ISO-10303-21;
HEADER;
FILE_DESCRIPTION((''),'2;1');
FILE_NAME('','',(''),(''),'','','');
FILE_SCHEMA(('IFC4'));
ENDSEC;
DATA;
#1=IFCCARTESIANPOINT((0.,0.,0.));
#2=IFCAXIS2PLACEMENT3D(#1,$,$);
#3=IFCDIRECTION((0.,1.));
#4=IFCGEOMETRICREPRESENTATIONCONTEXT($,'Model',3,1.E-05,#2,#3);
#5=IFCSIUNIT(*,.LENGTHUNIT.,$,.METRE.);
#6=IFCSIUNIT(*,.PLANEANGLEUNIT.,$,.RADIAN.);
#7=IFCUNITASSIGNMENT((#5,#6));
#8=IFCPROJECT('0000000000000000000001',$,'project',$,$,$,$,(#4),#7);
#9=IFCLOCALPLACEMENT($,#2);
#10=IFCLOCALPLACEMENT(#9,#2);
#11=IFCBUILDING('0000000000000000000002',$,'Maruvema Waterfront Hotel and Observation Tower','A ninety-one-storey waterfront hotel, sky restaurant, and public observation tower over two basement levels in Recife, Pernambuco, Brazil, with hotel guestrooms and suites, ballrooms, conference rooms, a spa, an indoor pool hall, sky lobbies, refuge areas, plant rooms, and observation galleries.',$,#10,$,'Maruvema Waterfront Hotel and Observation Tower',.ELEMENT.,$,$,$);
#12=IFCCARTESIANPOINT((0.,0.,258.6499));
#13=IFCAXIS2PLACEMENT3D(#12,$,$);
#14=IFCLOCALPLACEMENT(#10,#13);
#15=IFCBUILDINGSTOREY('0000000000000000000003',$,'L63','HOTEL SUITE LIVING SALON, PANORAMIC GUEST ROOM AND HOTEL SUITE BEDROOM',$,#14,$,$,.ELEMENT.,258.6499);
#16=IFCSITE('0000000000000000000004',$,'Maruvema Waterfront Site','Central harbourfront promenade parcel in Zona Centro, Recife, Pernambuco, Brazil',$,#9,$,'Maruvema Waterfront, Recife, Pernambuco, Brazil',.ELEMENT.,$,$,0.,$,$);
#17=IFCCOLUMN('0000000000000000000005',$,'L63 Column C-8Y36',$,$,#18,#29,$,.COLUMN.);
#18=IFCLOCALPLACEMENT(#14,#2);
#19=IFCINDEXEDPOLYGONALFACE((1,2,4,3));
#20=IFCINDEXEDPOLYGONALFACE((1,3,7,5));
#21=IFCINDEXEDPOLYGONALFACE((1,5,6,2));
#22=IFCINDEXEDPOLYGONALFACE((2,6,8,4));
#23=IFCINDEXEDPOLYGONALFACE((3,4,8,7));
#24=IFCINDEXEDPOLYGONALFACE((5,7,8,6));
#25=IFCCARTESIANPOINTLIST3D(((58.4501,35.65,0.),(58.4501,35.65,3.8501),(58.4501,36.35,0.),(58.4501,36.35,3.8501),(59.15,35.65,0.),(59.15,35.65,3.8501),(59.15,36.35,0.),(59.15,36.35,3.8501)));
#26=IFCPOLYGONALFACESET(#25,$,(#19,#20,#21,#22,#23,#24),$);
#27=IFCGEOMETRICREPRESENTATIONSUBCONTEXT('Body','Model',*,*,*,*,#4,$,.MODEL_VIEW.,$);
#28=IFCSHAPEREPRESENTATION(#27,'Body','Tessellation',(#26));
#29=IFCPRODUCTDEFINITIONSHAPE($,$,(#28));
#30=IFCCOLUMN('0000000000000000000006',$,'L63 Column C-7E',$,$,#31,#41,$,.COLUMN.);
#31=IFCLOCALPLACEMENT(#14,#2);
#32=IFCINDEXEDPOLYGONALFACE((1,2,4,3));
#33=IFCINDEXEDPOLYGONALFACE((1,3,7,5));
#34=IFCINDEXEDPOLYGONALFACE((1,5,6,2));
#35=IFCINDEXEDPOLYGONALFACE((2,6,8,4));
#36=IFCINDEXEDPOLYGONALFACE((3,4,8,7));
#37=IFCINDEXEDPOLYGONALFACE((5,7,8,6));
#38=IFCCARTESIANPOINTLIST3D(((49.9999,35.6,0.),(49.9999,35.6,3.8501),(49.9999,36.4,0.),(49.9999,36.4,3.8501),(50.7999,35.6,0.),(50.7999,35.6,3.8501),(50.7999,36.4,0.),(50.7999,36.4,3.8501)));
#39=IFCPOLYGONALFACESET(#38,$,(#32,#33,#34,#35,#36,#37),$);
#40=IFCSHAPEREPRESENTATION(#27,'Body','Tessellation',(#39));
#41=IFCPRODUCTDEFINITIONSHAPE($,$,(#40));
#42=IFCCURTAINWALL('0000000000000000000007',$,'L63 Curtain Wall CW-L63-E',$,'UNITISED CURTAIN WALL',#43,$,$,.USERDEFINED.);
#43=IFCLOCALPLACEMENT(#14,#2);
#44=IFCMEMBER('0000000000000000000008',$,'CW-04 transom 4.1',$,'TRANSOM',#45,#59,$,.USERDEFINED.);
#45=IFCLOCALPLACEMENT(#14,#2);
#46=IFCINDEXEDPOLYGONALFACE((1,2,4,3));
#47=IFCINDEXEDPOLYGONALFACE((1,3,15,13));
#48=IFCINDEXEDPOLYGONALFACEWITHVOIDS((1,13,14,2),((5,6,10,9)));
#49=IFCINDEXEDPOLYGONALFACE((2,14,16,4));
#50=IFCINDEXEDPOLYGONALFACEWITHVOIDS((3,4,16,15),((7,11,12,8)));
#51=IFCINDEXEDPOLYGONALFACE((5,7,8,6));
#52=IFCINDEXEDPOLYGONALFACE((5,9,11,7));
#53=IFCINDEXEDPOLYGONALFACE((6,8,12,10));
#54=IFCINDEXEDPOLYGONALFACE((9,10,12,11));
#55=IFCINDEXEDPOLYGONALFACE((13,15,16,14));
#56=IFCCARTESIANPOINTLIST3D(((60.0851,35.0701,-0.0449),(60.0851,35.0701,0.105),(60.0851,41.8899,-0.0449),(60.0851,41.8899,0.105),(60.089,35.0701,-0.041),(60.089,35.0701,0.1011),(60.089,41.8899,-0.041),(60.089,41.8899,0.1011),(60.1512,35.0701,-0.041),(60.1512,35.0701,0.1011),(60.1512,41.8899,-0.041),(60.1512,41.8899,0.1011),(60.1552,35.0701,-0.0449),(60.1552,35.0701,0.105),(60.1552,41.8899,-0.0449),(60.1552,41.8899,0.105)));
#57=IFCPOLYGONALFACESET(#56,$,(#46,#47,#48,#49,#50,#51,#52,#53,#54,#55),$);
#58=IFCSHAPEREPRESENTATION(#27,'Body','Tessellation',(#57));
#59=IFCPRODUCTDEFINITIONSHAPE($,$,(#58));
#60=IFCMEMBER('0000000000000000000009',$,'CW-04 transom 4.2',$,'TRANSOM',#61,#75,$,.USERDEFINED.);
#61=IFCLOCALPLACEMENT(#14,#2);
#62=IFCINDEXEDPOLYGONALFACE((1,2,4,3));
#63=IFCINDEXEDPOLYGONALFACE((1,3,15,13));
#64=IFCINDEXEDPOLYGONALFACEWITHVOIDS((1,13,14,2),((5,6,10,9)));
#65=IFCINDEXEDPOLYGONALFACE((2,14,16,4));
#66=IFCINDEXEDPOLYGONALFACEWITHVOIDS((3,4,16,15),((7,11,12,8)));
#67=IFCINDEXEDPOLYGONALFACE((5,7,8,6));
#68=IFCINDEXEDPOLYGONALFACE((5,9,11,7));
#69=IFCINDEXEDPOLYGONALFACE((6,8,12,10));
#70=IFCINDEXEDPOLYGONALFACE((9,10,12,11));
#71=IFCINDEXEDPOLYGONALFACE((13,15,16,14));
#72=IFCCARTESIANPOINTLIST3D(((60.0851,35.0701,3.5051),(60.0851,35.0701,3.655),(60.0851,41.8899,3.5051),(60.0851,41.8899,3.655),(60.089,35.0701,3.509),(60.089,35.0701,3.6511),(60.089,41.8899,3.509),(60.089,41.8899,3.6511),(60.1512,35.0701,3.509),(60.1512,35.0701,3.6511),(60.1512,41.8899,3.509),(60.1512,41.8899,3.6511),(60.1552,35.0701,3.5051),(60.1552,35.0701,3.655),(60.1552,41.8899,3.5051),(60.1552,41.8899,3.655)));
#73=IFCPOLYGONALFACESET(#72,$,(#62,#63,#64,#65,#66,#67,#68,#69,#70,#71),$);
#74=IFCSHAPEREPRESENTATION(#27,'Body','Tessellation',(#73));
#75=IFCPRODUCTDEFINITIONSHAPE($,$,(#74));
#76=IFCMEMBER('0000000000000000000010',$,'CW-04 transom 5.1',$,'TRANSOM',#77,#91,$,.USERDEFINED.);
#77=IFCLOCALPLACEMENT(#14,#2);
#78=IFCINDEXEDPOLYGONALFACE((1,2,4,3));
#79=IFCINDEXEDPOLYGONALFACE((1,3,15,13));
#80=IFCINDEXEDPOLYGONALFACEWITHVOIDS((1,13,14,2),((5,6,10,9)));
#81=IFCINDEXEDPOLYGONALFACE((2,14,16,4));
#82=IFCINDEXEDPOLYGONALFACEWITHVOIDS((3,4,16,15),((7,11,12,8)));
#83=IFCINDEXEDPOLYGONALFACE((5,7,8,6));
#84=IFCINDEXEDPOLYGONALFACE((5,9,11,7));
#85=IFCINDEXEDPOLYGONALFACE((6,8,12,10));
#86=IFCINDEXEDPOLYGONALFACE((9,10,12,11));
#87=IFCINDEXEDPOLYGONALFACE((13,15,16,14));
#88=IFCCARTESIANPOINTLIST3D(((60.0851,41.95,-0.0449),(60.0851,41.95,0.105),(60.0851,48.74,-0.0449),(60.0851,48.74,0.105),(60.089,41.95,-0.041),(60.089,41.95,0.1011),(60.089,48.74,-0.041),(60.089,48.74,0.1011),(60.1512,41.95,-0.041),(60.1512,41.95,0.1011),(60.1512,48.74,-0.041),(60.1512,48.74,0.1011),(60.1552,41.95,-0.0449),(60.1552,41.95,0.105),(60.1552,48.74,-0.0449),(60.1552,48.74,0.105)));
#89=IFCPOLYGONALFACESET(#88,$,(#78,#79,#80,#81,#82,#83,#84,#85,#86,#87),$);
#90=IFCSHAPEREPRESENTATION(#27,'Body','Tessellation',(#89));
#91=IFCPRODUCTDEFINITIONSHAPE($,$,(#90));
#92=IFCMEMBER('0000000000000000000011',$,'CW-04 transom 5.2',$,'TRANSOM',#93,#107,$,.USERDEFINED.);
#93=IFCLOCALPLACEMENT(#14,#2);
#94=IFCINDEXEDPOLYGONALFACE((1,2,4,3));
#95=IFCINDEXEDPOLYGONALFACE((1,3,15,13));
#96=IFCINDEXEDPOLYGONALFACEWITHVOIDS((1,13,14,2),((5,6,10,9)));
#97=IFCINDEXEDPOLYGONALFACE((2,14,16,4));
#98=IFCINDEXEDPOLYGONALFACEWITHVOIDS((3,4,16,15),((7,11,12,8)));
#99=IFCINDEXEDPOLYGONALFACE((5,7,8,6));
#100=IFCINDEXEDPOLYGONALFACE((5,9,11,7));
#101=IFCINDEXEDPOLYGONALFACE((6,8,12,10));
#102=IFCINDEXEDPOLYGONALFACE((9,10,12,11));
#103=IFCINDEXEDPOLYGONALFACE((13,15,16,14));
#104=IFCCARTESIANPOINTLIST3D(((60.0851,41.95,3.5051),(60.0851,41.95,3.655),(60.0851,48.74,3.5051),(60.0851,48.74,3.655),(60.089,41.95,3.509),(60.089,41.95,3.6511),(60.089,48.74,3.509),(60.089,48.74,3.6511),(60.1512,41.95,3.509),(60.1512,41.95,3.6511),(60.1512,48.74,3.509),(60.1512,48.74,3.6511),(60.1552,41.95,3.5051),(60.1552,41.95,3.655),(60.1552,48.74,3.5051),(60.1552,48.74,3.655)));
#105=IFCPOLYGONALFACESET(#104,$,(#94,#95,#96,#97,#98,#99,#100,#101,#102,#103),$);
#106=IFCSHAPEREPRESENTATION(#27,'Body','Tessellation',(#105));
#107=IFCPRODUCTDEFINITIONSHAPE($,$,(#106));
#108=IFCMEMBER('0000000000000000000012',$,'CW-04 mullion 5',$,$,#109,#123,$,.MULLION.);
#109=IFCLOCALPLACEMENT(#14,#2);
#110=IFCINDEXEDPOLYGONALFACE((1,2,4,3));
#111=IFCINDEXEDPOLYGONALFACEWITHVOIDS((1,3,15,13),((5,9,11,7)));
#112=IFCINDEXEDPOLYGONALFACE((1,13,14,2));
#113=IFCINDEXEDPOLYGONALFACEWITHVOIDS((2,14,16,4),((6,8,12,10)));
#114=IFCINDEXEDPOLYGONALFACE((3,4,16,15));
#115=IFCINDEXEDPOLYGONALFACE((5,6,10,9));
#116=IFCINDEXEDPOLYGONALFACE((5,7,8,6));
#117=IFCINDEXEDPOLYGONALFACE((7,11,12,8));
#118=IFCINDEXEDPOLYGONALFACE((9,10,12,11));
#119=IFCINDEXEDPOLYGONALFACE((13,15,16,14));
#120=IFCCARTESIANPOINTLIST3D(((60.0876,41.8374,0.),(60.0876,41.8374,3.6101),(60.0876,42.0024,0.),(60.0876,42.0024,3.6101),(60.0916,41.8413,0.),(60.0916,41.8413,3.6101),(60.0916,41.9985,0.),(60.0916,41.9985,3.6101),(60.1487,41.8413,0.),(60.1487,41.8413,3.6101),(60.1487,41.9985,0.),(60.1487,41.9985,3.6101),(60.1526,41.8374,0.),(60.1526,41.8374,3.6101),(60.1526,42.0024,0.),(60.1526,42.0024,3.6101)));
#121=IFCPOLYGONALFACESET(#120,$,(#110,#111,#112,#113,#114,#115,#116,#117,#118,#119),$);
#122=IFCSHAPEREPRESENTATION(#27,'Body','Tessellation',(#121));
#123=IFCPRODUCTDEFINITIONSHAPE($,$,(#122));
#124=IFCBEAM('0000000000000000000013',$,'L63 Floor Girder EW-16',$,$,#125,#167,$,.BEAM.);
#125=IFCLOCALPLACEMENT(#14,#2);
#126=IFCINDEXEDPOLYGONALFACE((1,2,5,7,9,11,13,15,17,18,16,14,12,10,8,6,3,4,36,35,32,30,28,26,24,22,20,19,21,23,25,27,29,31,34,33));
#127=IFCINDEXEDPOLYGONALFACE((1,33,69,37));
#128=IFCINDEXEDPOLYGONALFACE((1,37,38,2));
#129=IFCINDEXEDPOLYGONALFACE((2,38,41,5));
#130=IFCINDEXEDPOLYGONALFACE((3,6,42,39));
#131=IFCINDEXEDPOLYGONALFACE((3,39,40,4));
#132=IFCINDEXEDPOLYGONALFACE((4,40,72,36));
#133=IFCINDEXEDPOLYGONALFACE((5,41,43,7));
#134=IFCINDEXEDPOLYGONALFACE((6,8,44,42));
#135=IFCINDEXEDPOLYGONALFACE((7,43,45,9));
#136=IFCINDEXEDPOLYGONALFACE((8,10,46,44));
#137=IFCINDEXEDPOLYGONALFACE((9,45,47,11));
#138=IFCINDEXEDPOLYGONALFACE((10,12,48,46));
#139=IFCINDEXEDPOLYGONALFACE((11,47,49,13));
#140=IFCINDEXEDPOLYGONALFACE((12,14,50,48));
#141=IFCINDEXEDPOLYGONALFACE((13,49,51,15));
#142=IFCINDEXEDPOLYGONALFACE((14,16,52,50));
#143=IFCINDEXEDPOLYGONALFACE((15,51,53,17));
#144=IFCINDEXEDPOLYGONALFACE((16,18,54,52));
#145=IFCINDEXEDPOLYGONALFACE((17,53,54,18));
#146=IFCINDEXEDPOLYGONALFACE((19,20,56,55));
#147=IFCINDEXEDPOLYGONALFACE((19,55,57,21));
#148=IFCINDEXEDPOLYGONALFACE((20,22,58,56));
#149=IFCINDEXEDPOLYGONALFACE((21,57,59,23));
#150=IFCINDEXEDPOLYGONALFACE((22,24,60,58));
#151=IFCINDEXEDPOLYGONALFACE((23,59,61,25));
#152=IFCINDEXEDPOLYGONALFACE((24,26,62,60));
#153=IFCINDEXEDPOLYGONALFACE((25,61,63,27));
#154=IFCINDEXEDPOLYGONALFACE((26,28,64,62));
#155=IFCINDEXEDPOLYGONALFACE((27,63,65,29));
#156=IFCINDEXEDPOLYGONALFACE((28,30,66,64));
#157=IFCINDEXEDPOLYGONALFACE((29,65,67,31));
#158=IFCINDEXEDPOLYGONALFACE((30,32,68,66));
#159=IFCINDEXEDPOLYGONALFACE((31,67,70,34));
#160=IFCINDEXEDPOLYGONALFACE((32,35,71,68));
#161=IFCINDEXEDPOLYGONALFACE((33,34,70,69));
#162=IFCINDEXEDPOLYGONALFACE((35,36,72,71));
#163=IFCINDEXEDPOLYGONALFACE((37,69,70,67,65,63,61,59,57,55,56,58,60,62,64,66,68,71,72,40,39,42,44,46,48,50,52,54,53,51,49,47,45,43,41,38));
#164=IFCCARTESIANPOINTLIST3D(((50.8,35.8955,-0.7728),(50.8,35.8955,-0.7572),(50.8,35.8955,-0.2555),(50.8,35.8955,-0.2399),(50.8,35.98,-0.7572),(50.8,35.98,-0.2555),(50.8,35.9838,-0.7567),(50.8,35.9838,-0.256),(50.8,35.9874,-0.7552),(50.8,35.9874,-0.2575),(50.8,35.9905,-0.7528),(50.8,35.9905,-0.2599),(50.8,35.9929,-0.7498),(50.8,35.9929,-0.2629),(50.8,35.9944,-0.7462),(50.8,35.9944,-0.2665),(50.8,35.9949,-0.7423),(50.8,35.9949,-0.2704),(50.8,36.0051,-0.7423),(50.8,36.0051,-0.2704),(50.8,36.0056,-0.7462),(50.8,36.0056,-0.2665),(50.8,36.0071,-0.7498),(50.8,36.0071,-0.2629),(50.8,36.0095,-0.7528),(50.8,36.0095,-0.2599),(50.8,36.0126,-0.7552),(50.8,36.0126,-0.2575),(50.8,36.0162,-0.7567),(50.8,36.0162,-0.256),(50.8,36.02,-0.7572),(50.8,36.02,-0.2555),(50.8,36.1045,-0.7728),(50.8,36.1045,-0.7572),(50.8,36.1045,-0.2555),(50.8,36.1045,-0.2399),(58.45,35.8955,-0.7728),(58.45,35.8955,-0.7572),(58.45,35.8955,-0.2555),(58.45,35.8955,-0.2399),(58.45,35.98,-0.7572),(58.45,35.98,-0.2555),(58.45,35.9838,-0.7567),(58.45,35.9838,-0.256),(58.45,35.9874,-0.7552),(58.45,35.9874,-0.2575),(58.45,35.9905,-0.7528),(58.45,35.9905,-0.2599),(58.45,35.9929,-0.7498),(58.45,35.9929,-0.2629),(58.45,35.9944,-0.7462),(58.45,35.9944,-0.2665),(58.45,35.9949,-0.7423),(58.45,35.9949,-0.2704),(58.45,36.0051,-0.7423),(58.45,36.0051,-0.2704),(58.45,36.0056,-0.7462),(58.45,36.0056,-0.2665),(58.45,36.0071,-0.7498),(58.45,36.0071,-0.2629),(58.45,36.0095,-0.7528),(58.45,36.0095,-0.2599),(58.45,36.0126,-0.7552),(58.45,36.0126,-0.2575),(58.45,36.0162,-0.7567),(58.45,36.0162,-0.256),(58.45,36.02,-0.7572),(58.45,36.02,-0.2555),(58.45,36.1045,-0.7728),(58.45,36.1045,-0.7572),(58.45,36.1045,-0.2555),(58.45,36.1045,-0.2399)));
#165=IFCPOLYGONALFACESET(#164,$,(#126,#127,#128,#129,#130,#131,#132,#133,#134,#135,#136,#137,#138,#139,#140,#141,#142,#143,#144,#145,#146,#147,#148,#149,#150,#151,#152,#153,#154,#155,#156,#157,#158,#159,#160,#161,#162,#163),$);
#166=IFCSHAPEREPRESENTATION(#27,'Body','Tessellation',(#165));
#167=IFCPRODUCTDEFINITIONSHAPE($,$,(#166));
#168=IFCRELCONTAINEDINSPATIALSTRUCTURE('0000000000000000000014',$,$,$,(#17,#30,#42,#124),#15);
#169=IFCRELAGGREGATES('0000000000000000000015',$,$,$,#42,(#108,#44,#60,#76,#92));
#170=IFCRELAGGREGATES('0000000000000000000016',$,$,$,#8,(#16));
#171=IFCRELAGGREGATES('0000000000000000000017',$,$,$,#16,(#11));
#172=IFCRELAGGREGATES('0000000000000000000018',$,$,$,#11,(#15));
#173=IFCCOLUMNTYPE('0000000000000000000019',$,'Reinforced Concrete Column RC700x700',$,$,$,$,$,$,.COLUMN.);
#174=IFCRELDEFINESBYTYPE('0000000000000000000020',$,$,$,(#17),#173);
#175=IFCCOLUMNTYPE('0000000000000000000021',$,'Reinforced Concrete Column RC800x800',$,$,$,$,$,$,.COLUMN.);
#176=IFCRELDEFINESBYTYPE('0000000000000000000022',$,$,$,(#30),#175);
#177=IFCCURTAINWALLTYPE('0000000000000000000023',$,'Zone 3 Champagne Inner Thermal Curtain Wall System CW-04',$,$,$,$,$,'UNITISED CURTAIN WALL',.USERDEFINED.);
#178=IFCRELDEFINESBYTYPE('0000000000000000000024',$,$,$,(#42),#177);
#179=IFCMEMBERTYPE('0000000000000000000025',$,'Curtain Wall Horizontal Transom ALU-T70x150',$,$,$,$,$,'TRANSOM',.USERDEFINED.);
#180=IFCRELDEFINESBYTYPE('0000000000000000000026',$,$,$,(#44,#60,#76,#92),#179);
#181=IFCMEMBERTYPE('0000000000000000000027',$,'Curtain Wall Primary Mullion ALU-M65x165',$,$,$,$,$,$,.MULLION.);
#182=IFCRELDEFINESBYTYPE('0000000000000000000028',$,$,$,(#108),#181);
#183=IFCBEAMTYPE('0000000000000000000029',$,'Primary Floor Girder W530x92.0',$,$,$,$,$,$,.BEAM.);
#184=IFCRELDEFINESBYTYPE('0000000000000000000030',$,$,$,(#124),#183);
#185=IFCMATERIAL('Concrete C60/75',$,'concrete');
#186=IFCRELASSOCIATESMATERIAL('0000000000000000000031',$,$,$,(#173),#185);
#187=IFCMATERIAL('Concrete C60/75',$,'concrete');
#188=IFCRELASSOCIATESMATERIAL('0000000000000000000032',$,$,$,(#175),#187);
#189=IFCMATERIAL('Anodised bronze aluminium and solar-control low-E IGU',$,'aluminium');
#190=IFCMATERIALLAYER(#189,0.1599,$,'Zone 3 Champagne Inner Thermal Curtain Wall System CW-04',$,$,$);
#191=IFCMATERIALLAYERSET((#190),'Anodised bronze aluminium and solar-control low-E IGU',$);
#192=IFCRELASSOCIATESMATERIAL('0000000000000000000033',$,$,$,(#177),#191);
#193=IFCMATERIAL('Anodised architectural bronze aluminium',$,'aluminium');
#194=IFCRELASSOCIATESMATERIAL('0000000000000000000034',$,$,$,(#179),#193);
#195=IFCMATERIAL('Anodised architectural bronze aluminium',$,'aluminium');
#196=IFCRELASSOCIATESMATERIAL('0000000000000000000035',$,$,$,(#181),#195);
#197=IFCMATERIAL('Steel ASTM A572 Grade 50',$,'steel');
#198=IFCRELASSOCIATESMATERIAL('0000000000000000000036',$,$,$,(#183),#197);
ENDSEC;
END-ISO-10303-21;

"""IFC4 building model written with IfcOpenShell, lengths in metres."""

from ifc_helpers import new_model, si_unit, direction, frame, origin, origin_2d, place, context, subcontext, project, spatial, rectangle, hollow_rectangle, i_section, extrude, material, layer, layer_set, material_profile, profile_set, type_object, element, aggregate, save


model = new_model("IFC4")

# Units and contexts
model_context = context("Model", 3, precision=1e-05, world=origin(), true_north=direction((0.0, 1.0)))
body_context = subcontext(model_context, "Body", "Model", "MODEL_VIEW")
ifc_project = project(units=[si_unit("LENGTHUNIT", "METRE"), si_unit("PLANEANGLEUNIT", "RADIAN")], contexts=[model_context])

# Site, building, storey
site_placement = place(None, origin())
site = spatial("IfcSite", under=ifc_project, at=site_placement, Name="Maruvema Waterfront Site", Description="Central harbourfront promenade parcel in Zona Centro, Recife, Pernambuco, Brazil", LongName="Maruvema Waterfront, Recife, Pernambuco, Brazil", CompositionType="ELEMENT", RefElevation=0.0)
building_placement = place(site_placement, origin())
building = spatial("IfcBuilding", under=site, at=building_placement, Name="Maruvema Waterfront Hotel and Observation Tower", Description="A ninety-one-storey waterfront hotel, sky restaurant, and public observation tower over two basement levels in Recife, Pernambuco, Brazil, with hotel guestrooms and suites, ballrooms, conference rooms, a spa, an indoor pool hall, sky lobbies, refuge areas, plant rooms, and observation galleries.", LongName="Maruvema Waterfront Hotel and Observation Tower", CompositionType="ELEMENT")
storey_placement = place(building_placement, frame((0.0, 0.0, 258.6499)))
storey = spatial("IfcBuildingStorey", under=building, at=storey_placement, Name="L63", Description="HOTEL SUITE LIVING SALON, PANORAMIC GUEST ROOM AND HOTEL SUITE BEDROOM", CompositionType="ELEMENT", Elevation=258.6499)

# Columns
ifc_material_1 = material(Name="Concrete C60/75", Category="concrete")
ifc_material_profile_1 = material_profile(ifc_material_1, rectangle(XDim=0.7, YDim=0.7, at=origin_2d()), Name="RC700x700")
ifc_profile_set_1 = profile_set([ifc_material_profile_1], Name="Concrete C60/75")
column_type_1 = type_object("IfcColumnType", Name="Reinforced Concrete Column RC700x700", PredefinedType="COLUMN", material=ifc_profile_set_1)
column_1_placement = place(storey_placement, frame((58.8, 36.0, 0.0), z_axis=(0.0, 0.0, 1.0), x_axis=(1.0, 0.0, 0.0)))
element("IfcColumn", 1, at=column_1_placement, inside=storey, type_object=column_type_1, Name="L63 Column C-8Y36", PredefinedType="COLUMN", context=body_context, shape_type="SweptSolid", body=[
    extrude(rectangle(XDim=0.7, YDim=0.7, at=origin_2d()), origin(), (0.0, 0.0, 1.0), 3.8501),
])
ifc_material_2 = material(Name="Concrete C60/75", Category="concrete")
ifc_material_profile_2 = material_profile(ifc_material_2, rectangle(XDim=0.8, YDim=0.8, at=origin_2d()), Name="RC800x800")
ifc_profile_set_2 = profile_set([ifc_material_profile_2], Name="Concrete C60/75")
column_type_2 = type_object("IfcColumnType", Name="Reinforced Concrete Column RC800x800", PredefinedType="COLUMN", material=ifc_profile_set_2)
column_2_placement = place(storey_placement, frame((50.3999, 36.0, 0.0), z_axis=(0.0, 0.0, 1.0), x_axis=(1.0, 0.0, 0.0)))
element("IfcColumn", 2, at=column_2_placement, inside=storey, type_object=column_type_2, Name="L63 Column C-7E", PredefinedType="COLUMN", context=body_context, shape_type="SweptSolid", body=[
    extrude(rectangle(XDim=0.8, YDim=0.8, at=origin_2d()), origin(), (0.0, 0.0, 1.0), 3.8501),
])

# Curtain wall, members
ifc_material_3 = material(Name="Anodised bronze aluminium and solar-control low-E IGU", Category="aluminium")
ifc_layer_1 = layer(ifc_material_3, 0.1599, Name="Zone 3 Champagne Inner Thermal Curtain Wall System CW-04")
ifc_layer_set_1 = layer_set([ifc_layer_1], Name="Anodised bronze aluminium and solar-control low-E IGU")
curtain_wall_type = type_object("IfcCurtainWallType", Name="Zone 3 Champagne Inner Thermal Curtain Wall System CW-04", ElementType="UNITISED CURTAIN WALL", PredefinedType="USERDEFINED", material=ifc_layer_set_1)
curtain_wall_placement = place(storey_placement, origin())
curtain_wall = element("IfcCurtainWall", 3, at=curtain_wall_placement, inside=storey, type_object=curtain_wall_type, Name="L63 Curtain Wall CW-L63-E", ObjectType="UNITISED CURTAIN WALL", PredefinedType="USERDEFINED")
ifc_material_4 = material(Name="Anodised architectural bronze aluminium", Category="aluminium")
ifc_material_profile_3 = material_profile(ifc_material_4, hollow_rectangle(XDim=0.0701, YDim=0.1499, WallThickness=0.0039, at=origin_2d()), Name="ALU-T70x150")
ifc_profile_set_3 = profile_set([ifc_material_profile_3], Name="Anodised architectural bronze aluminium")
member_type_1 = type_object("IfcMemberType", Name="Curtain Wall Horizontal Transom ALU-T70x150", ElementType="TRANSOM", PredefinedType="USERDEFINED", material=ifc_profile_set_3)
member_1_placement = place(storey_placement, frame((60.1201, 35.0701, 0.03), z_axis=(0.0, 1.0, 0.0), x_axis=(-1.0, 0.0, 0.0)))
member_1 = element("IfcMember", 4, at=member_1_placement, type_object=member_type_1, Name="CW-04 transom 4.1", ObjectType="TRANSOM", PredefinedType="USERDEFINED", context=body_context, shape_type="SweptSolid", body=[
    extrude(hollow_rectangle(XDim=0.0701, YDim=0.1499, WallThickness=0.0039, at=origin_2d()), origin(), (0.0, 0.0, 1.0), 6.8198),
])
member_2_placement = place(storey_placement, frame((60.1201, 35.0701, 3.5801), z_axis=(0.0, 1.0, 0.0), x_axis=(-1.0, 0.0, 0.0)))
member_2 = element("IfcMember", 5, at=member_2_placement, type_object=member_type_1, Name="CW-04 transom 4.2", ObjectType="TRANSOM", PredefinedType="USERDEFINED", context=body_context, shape_type="SweptSolid", body=[
    extrude(hollow_rectangle(XDim=0.0701, YDim=0.1499, WallThickness=0.0039, at=origin_2d()), origin(), (0.0, 0.0, 1.0), 6.8198),
])
member_3_placement = place(storey_placement, frame((60.1201, 41.95, 0.03), z_axis=(0.0, 1.0, 0.0), x_axis=(-1.0, 0.0, 0.0)))
member_3 = element("IfcMember", 6, at=member_3_placement, type_object=member_type_1, Name="CW-04 transom 5.1", ObjectType="TRANSOM", PredefinedType="USERDEFINED", context=body_context, shape_type="SweptSolid", body=[
    extrude(hollow_rectangle(XDim=0.0701, YDim=0.1499, WallThickness=0.0039, at=origin_2d()), origin(), (0.0, 0.0, 1.0), 6.79),
])
member_4_placement = place(storey_placement, frame((60.1201, 41.95, 3.5801), z_axis=(0.0, 1.0, 0.0), x_axis=(-1.0, 0.0, 0.0)))
member_4 = element("IfcMember", 7, at=member_4_placement, type_object=member_type_1, Name="CW-04 transom 5.2", ObjectType="TRANSOM", PredefinedType="USERDEFINED", context=body_context, shape_type="SweptSolid", body=[
    extrude(hollow_rectangle(XDim=0.0701, YDim=0.1499, WallThickness=0.0039, at=origin_2d()), origin(), (0.0, 0.0, 1.0), 6.79),
])
ifc_material_5 = material(Name="Anodised architectural bronze aluminium", Category="aluminium")
ifc_material_profile_4 = material_profile(ifc_material_5, hollow_rectangle(XDim=0.0649, YDim=0.165, WallThickness=0.0039, at=origin_2d()), Name="ALU-M65x165")
ifc_profile_set_4 = profile_set([ifc_material_profile_4], Name="Anodised architectural bronze aluminium")
member_type_2 = type_object("IfcMemberType", Name="Curtain Wall Primary Mullion ALU-M65x165", PredefinedType="MULLION", material=ifc_profile_set_4)
member_5_placement = place(storey_placement, frame((60.1201, 41.9199, 0.0), z_axis=(0.0, 0.0, 1.0), x_axis=(-1.0, 0.0, 0.0)))
member_5 = element("IfcMember", 8, at=member_5_placement, type_object=member_type_2, Name="CW-04 mullion 5", PredefinedType="MULLION", context=body_context, shape_type="SweptSolid", body=[
    extrude(hollow_rectangle(XDim=0.0649, YDim=0.165, WallThickness=0.0039, at=origin_2d()), origin(), (0.0, 0.0, 1.0), 3.6101),
])

# Beam
ifc_material_6 = material(Name="Steel ASTM A572 Grade 50", Category="steel")
ifc_material_profile_5 = material_profile(ifc_material_6, i_section(OverallWidth=0.209, OverallDepth=0.533, WebThickness=0.0103, FlangeThickness=0.0156, FilletRadius=0.0149, at=origin_2d()), Name="W530x92.0")
ifc_profile_set_5 = profile_set([ifc_material_profile_5], Name="Steel ASTM A572 Grade 50")
beam_type_1 = type_object("IfcBeamType", Name="Primary Floor Girder W530x92.0", PredefinedType="BEAM", material=ifc_profile_set_5)
beam_1_placement = place(storey_placement, frame((50.8, 36.0, -0.5063), z_axis=(1.0, 0.0, 0.0), x_axis=(0.0, 1.0, 0.0)))
element("IfcBeam", 9, at=beam_1_placement, inside=storey, type_object=beam_type_1, Name="L63 Floor Girder EW-16", PredefinedType="BEAM", context=body_context, shape_type="SweptSolid", body=[
    extrude(i_section(OverallWidth=0.209, OverallDepth=0.533, WebThickness=0.0103, FlangeThickness=0.0156, FilletRadius=0.0149, at=origin_2d()), origin(), (0.0, 0.0, 1.0), 7.6499),
])

aggregate(curtain_wall, [member_5, member_1, member_2, member_3, member_4])

save(model, "model.ifc")
